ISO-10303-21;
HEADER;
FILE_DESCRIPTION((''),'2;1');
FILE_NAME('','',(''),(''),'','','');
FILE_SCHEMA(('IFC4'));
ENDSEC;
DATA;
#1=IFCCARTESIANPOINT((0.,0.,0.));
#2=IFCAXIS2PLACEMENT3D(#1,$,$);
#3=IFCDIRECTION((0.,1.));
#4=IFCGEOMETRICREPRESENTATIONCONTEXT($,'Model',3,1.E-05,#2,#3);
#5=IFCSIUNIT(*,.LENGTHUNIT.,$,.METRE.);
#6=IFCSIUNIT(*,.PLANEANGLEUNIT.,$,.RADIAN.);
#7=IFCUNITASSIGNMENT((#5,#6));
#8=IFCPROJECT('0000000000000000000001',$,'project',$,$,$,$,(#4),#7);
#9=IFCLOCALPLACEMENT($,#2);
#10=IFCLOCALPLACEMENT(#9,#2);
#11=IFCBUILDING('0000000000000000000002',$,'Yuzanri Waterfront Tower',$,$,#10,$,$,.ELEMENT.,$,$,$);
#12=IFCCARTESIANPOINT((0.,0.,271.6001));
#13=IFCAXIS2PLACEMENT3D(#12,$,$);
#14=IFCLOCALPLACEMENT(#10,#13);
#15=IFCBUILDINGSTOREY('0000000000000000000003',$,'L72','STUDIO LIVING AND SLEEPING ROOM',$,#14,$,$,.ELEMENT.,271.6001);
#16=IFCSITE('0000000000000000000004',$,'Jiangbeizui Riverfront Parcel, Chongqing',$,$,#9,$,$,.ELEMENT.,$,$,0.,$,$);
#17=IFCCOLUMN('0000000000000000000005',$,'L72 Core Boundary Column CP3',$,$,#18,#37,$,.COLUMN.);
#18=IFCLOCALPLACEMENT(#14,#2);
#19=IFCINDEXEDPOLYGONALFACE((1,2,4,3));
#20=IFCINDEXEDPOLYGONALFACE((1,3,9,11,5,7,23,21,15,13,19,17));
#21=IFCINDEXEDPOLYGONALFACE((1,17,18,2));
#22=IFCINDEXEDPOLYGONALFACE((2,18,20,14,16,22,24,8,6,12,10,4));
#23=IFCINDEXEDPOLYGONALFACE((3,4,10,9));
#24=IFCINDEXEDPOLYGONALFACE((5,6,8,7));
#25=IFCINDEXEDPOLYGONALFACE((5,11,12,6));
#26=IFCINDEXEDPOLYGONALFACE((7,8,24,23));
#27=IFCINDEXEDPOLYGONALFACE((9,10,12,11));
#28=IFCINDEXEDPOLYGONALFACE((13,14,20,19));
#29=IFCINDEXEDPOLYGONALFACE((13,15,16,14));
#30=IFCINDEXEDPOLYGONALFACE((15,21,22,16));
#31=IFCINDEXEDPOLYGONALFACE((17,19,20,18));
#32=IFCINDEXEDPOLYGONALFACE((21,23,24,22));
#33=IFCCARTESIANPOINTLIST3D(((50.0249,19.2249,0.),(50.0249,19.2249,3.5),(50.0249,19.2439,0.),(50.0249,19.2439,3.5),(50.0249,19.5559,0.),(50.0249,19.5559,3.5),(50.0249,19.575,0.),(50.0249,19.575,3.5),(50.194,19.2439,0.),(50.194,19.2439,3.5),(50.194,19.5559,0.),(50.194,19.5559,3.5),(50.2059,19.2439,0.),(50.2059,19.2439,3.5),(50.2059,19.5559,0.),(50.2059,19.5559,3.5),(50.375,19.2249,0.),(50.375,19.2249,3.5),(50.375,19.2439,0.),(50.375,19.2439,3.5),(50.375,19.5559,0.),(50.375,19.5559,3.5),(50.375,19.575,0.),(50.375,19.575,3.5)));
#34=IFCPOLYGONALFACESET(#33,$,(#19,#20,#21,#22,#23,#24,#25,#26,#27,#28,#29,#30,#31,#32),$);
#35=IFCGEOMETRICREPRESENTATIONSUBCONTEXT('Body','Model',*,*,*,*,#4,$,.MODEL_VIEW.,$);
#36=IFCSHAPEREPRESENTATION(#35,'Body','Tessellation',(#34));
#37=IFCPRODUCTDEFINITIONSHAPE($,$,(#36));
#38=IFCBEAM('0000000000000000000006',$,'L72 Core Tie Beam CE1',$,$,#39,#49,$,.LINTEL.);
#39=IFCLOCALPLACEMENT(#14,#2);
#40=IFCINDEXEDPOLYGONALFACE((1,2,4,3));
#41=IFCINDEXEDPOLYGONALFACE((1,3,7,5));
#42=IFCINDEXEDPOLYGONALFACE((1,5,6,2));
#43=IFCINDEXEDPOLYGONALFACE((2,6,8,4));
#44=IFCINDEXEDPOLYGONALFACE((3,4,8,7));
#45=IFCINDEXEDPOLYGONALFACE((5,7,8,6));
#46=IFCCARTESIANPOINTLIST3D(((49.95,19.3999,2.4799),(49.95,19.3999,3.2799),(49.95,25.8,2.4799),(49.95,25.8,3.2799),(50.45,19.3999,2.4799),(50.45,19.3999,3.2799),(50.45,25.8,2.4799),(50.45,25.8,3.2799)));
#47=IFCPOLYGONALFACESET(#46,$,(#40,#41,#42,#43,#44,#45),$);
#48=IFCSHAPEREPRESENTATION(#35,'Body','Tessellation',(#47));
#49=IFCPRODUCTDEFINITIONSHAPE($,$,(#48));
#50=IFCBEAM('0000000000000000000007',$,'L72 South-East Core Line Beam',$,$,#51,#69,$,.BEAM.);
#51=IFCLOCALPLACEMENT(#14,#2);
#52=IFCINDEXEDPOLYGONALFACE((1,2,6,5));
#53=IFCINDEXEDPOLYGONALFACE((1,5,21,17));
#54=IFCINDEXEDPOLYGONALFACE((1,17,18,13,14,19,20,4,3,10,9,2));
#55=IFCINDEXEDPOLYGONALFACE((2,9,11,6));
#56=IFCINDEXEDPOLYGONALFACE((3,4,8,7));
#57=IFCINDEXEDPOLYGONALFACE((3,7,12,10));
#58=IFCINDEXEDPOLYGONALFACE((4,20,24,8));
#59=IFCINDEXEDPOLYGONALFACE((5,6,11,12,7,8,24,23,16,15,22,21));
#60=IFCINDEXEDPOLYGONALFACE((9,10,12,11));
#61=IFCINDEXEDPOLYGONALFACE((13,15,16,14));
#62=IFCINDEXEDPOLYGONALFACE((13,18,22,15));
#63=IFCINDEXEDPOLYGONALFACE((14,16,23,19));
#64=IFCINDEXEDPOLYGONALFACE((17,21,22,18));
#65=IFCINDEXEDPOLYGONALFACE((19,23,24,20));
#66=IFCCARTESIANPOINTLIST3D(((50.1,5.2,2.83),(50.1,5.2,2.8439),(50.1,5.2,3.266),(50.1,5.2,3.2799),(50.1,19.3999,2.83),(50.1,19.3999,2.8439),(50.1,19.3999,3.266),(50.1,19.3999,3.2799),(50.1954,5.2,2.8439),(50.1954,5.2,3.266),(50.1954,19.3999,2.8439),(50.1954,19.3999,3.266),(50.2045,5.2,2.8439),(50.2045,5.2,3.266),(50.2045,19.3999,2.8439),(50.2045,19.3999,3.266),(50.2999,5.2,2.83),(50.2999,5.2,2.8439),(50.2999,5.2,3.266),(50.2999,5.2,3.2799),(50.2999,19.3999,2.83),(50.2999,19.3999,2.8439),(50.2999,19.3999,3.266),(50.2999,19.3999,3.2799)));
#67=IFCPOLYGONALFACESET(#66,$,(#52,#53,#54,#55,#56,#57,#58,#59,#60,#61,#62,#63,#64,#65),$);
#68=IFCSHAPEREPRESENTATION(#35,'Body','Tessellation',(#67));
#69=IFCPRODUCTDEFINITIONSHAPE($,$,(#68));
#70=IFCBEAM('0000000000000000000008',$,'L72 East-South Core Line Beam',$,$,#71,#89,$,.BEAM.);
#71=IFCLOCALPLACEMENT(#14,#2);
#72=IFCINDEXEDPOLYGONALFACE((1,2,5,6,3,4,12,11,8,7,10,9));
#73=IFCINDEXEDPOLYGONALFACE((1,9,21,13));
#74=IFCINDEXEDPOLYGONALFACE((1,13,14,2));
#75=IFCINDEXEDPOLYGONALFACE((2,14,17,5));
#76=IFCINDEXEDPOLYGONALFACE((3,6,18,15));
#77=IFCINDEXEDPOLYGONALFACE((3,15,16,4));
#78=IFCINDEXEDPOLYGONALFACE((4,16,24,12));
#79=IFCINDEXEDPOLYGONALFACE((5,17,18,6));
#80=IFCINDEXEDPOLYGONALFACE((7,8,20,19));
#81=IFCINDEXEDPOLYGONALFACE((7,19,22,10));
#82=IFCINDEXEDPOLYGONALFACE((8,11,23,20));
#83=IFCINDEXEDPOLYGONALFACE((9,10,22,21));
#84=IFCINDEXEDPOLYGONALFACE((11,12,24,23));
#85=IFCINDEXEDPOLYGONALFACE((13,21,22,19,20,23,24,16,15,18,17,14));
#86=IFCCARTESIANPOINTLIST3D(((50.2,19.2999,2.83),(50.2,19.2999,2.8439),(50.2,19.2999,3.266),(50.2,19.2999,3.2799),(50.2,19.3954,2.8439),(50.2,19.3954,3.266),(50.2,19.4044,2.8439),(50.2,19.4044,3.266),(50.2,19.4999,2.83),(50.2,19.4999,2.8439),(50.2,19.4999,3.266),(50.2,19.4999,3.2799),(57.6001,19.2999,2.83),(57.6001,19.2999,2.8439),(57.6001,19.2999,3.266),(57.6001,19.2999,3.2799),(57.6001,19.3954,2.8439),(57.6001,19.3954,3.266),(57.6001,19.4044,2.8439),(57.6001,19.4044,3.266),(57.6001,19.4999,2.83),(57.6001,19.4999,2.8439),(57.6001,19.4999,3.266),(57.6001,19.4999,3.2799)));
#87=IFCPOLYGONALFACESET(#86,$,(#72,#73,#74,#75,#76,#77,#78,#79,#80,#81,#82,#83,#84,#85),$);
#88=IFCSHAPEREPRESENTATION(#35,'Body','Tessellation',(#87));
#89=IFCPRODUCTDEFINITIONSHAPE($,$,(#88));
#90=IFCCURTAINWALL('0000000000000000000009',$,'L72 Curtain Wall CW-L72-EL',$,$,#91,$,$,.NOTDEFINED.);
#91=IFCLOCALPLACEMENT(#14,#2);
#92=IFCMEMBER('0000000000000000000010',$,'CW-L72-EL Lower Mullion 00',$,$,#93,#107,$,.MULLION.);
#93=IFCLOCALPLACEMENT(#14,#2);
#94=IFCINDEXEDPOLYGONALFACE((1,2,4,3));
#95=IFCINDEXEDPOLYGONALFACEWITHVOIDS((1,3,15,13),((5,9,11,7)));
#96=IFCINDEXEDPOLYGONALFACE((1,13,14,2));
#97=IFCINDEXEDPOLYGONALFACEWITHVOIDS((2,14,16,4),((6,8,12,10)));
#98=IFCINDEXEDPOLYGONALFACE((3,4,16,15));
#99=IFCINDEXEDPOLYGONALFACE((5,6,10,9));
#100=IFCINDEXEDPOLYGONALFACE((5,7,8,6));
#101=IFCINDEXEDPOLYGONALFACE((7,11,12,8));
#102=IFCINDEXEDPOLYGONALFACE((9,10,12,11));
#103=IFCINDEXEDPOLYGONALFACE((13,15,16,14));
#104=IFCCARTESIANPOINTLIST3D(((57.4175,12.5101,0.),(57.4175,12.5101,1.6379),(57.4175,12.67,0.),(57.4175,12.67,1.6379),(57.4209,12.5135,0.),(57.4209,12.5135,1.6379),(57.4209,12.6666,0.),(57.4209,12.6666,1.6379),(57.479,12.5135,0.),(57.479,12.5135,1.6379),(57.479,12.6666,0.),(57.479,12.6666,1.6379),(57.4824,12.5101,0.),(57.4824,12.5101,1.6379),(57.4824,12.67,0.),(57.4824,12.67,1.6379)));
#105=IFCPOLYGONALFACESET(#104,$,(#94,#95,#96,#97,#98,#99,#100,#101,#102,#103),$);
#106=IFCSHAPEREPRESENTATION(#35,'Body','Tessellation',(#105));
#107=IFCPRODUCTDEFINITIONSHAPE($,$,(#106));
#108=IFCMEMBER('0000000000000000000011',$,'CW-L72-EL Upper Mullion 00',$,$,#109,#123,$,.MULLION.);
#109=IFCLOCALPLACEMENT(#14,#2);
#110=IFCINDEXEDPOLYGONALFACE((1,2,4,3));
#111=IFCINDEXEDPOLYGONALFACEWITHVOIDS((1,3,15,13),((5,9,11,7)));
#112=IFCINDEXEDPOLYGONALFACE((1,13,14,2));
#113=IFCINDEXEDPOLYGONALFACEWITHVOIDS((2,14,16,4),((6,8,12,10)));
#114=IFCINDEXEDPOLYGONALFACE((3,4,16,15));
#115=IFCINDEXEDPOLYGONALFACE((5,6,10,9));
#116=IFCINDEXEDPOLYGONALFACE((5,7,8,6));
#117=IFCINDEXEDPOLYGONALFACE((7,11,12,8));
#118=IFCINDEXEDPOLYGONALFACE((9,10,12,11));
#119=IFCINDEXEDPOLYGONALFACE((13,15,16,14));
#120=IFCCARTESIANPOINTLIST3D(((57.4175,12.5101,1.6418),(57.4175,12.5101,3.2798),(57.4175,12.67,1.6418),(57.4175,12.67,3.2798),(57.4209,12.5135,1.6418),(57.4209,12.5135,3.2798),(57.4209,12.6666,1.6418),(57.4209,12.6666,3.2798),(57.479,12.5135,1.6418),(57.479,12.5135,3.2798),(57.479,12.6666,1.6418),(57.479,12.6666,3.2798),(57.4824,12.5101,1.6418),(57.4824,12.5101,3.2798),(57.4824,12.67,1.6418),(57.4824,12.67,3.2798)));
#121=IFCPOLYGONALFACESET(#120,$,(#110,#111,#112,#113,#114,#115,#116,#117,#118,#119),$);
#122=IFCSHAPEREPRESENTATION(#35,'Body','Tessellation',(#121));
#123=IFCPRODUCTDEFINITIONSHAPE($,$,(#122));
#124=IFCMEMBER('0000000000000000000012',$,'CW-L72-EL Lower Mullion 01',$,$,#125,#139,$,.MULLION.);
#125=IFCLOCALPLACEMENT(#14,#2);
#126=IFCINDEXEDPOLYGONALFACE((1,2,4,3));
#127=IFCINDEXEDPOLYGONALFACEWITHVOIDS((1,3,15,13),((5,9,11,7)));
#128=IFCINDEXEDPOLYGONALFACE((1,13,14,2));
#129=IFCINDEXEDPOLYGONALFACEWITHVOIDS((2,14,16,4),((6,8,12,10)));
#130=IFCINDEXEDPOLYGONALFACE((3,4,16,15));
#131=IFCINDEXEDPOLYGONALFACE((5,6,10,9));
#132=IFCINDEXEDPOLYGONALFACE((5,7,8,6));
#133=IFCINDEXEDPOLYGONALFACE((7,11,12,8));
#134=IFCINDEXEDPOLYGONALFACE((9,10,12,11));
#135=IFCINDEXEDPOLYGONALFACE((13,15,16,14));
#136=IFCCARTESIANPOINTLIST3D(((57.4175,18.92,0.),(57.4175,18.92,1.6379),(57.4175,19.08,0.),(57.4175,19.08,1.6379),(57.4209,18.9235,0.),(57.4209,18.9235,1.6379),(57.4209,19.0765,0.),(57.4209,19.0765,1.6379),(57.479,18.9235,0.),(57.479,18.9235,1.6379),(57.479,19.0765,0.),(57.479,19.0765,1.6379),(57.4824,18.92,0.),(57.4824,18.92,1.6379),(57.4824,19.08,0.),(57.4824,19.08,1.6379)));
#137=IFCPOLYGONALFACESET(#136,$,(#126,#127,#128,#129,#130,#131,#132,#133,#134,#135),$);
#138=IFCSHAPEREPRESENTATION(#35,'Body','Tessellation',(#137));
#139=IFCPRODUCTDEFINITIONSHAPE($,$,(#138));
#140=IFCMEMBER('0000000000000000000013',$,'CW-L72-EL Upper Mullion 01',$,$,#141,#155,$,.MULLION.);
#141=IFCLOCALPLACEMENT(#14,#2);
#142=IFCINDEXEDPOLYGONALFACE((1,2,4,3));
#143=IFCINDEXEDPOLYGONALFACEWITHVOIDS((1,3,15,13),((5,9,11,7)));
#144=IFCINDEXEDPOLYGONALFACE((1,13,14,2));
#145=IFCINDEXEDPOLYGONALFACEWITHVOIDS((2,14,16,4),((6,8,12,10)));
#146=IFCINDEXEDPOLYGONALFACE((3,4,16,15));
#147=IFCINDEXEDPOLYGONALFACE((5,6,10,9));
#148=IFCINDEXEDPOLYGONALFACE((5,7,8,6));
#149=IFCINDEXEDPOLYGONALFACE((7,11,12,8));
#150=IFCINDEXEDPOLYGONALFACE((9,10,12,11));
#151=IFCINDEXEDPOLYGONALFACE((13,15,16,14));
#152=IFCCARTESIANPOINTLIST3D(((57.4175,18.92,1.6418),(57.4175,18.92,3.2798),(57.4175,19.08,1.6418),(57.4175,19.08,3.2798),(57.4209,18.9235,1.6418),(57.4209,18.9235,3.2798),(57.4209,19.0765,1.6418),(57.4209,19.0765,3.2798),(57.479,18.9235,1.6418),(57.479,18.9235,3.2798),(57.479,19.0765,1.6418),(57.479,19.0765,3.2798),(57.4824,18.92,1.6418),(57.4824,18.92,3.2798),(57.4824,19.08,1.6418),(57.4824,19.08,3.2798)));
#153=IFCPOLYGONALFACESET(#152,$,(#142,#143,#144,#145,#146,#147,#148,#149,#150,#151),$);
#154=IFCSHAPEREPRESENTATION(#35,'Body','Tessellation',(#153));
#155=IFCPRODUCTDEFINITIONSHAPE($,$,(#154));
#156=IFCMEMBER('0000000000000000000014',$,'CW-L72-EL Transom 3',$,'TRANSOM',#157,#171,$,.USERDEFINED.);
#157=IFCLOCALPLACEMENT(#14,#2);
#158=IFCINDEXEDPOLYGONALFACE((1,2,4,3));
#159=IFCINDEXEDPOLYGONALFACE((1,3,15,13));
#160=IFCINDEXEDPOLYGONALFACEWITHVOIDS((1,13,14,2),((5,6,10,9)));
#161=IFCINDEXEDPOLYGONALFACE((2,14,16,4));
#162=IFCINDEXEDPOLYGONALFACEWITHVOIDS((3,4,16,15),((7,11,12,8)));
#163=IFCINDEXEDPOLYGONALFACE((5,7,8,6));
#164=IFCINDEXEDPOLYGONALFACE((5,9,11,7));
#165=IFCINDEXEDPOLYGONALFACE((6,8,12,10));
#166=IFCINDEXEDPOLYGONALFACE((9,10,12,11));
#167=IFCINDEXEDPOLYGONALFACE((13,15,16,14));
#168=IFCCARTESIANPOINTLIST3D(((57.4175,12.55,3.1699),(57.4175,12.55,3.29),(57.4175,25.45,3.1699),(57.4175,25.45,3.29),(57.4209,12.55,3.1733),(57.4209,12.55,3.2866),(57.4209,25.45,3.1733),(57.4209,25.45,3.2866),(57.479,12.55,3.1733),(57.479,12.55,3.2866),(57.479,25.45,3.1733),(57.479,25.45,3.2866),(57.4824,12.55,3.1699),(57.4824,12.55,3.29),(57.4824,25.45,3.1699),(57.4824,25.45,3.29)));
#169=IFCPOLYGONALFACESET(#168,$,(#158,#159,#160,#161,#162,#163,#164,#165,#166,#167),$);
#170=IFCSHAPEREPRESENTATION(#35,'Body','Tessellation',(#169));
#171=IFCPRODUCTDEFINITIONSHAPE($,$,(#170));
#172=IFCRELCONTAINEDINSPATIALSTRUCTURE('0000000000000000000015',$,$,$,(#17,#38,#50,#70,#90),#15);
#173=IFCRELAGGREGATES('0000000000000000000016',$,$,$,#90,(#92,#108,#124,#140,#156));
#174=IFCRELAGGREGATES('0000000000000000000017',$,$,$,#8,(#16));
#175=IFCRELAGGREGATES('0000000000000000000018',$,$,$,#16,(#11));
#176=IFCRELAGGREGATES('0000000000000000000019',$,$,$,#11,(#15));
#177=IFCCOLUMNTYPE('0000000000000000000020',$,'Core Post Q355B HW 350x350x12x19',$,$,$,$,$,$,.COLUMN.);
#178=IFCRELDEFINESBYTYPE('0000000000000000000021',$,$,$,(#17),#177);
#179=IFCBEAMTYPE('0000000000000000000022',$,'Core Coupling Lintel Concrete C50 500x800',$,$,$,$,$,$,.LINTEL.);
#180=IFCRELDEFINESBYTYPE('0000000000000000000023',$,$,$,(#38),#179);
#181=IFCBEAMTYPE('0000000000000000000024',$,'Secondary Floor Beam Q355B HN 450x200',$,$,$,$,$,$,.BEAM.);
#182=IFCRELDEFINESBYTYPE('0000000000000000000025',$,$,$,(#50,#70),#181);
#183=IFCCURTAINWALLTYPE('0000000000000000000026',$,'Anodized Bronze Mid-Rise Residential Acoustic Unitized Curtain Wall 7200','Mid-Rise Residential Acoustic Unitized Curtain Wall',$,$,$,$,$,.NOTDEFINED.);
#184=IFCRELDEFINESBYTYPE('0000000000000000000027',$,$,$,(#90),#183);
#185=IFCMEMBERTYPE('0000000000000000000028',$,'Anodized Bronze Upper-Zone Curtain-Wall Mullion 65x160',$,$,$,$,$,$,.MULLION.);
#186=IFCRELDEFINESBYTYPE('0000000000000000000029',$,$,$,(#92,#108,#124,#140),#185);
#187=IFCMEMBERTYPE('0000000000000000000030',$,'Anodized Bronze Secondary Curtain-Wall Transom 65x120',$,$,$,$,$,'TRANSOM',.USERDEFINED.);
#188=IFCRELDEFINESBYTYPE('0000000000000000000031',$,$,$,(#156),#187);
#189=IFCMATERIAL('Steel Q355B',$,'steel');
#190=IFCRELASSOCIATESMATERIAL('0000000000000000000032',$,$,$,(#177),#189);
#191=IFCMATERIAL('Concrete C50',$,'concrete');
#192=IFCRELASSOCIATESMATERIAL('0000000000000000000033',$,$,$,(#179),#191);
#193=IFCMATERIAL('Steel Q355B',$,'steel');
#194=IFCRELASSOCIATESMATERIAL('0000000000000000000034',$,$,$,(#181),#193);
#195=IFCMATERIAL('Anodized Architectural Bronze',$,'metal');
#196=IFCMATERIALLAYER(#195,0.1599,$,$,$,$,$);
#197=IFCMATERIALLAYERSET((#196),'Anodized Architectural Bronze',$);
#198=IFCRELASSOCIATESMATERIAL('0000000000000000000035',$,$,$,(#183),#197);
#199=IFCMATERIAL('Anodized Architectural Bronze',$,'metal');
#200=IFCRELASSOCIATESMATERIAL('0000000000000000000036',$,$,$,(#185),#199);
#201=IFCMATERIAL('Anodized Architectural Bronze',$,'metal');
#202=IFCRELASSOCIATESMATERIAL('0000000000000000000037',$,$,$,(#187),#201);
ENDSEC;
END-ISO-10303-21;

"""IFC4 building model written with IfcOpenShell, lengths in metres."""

from ifc_helpers import new_model, si_unit, direction, frame, origin, origin_2d, place, context, subcontext, project, spatial, rectangle, hollow_rectangle, i_section, extrude, source, transform, mapped, material, layer, layer_set, material_profile, profile_set, type_object, element, aggregate, save


model = new_model("IFC4")

# Units and contexts
model_context = context("Model", 3, precision=1e-05, world=origin(), true_north=direction((0.0, 1.0)))
body_context = subcontext(model_context, "Body", "Model", "MODEL_VIEW")
ifc_project = project(units=[si_unit("LENGTHUNIT", "METRE"), si_unit("PLANEANGLEUNIT", "RADIAN")], contexts=[model_context])

# Site, building, storey
site_placement = place(None, origin())
site = spatial("IfcSite", under=ifc_project, at=site_placement, Name="Jiangbeizui Riverfront Parcel, Chongqing", CompositionType="ELEMENT", RefElevation=0.0)
building_placement = place(site_placement, origin())
building = spatial("IfcBuilding", under=site, at=building_placement, Name="Yuzanri Waterfront Tower", CompositionType="ELEMENT")
storey_placement = place(building_placement, frame((0.0, 0.0, 271.6001)))
storey = spatial("IfcBuildingStorey", under=building, at=storey_placement, Name="L72", Description="STUDIO LIVING AND SLEEPING ROOM", CompositionType="ELEMENT", Elevation=271.6001)

# Column
ifc_material_1 = material(Name="Steel Q355B", Category="steel")
ifc_material_profile_1 = material_profile(ifc_material_1, i_section(OverallWidth=0.3501, OverallDepth=0.3501, WebThickness=0.012, FlangeThickness=0.019, at=origin_2d()), Name="HW 350x350x12x19")
ifc_profile_set_1 = profile_set([ifc_material_profile_1], Name="Steel Q355B")
column_type = type_object("IfcColumnType", Name="Core Post Q355B HW 350x350x12x19", PredefinedType="COLUMN", material=ifc_profile_set_1)
shared_shape_1 = source(origin(), body_context, "Body", "SweptSolid", [
    extrude(i_section(OverallWidth=0.3501, OverallDepth=0.3501, WebThickness=0.012, FlangeThickness=0.019, at=origin_2d()), origin(), (0.0, 0.0, 1.0), 3.5),
])
column_placement = place(storey_placement, frame((50.2, 19.3999, 0.0), z_axis=(0.0, 0.0, 1.0), x_axis=(1.0, 0.0, 0.0)))
element("IfcColumn", 1, at=column_placement, inside=storey, type_object=column_type, Name="L72 Core Boundary Column CP3", PredefinedType="COLUMN", context=body_context, shape_type="MappedRepresentation", body=[
    mapped(shared_shape_1, transform((0.0, 0.0, 0.0), scale=1.0)),
])

# Beams
ifc_material_2 = material(Name="Concrete C50", Category="concrete")
ifc_material_profile_2 = material_profile(ifc_material_2, rectangle(XDim=0.5, YDim=0.8, at=origin_2d()), Name="RC 500x800")
ifc_profile_set_2 = profile_set([ifc_material_profile_2], Name="Concrete C50")
beam_type_1 = type_object("IfcBeamType", Name="Core Coupling Lintel Concrete C50 500x800", PredefinedType="LINTEL", material=ifc_profile_set_2)
shared_shape_2 = source(origin(), body_context, "Body", "SweptSolid", [
    extrude(rectangle(XDim=0.5, YDim=0.8, at=origin_2d()), origin(), (0.0, 0.0, 1.0), 6.4001),
])
beam_1_placement = place(storey_placement, frame((50.2, 19.3999, 2.8799), z_axis=(0.0, 1.0, 0.0), x_axis=(-1.0, 0.0, 0.0)))
element("IfcBeam", 2, at=beam_1_placement, inside=storey, type_object=beam_type_1, Name="L72 Core Tie Beam CE1", PredefinedType="LINTEL", context=body_context, shape_type="MappedRepresentation", body=[
    mapped(shared_shape_2, transform((0.0, 0.0, 0.0), scale=1.0)),
])
ifc_material_3 = material(Name="Steel Q355B", Category="steel")
ifc_material_profile_3 = material_profile(ifc_material_3, i_section(OverallWidth=0.2, OverallDepth=0.45, WebThickness=0.009, FlangeThickness=0.0139, at=origin_2d()), Name="HN 450x200x9x14")
ifc_profile_set_3 = profile_set([ifc_material_profile_3], Name="Steel Q355B")
beam_type_2 = type_object("IfcBeamType", Name="Secondary Floor Beam Q355B HN 450x200", PredefinedType="BEAM", material=ifc_profile_set_3)
shared_shape_3 = source(origin(), body_context, "Body", "SweptSolid", [
    extrude(i_section(OverallWidth=0.2, OverallDepth=0.45, WebThickness=0.009, FlangeThickness=0.0139, at=origin_2d()), origin(), (0.0, 0.0, 1.0), 14.2),
])
beam_2_placement = place(storey_placement, frame((50.2, 19.3999, 3.0549), z_axis=(0.0, -1.0, 0.0), x_axis=(1.0, 0.0, 0.0)))
element("IfcBeam", 3, at=beam_2_placement, inside=storey, type_object=beam_type_2, Name="L72 South-East Core Line Beam", PredefinedType="BEAM", context=body_context, shape_type="MappedRepresentation", body=[
    mapped(shared_shape_3, transform((0.0, 0.0, 0.0), scale=1.0)),
])
shared_shape_4 = source(origin(), body_context, "Body", "SweptSolid", [
    extrude(i_section(OverallWidth=0.2, OverallDepth=0.45, WebThickness=0.009, FlangeThickness=0.0139, at=origin_2d()), origin(), (0.0, 0.0, 1.0), 7.4001),
])
beam_3_placement = place(storey_placement, frame((50.2, 19.3999, 3.0549), z_axis=(1.0, 0.0, 0.0), x_axis=(0.0, 1.0, 0.0)))
element("IfcBeam", 4, at=beam_3_placement, inside=storey, type_object=beam_type_2, Name="L72 East-South Core Line Beam", PredefinedType="BEAM", context=body_context, shape_type="MappedRepresentation", body=[
    mapped(shared_shape_4, transform((0.0, 0.0, 0.0), scale=1.0)),
])

# Curtain wall, members
ifc_material_4 = material(Name="Anodized Architectural Bronze", Category="metal")
ifc_layer_1 = layer(ifc_material_4, 0.1599)
ifc_layer_set_1 = layer_set([ifc_layer_1], Name="Anodized Architectural Bronze")
curtain_wall_type = type_object("IfcCurtainWallType", Name="Anodized Bronze Mid-Rise Residential Acoustic Unitized Curtain Wall 7200", Description="Mid-Rise Residential Acoustic Unitized Curtain Wall", PredefinedType="NOTDEFINED", material=ifc_layer_set_1)
curtain_wall_placement = place(storey_placement, origin())
curtain_wall = element("IfcCurtainWall", 5, at=curtain_wall_placement, inside=storey, type_object=curtain_wall_type, Name="L72 Curtain Wall CW-L72-EL", PredefinedType="NOTDEFINED")
ifc_material_5 = material(Name="Anodized Architectural Bronze", Category="metal")
ifc_material_profile_4 = material_profile(ifc_material_5, hollow_rectangle(XDim=0.0649, YDim=0.1599, WallThickness=0.0034, at=origin_2d()), Name="CWM 65x160")
ifc_profile_set_4 = profile_set([ifc_material_profile_4], Name="Anodized Architectural Bronze")
member_type_1 = type_object("IfcMemberType", Name="Anodized Bronze Upper-Zone Curtain-Wall Mullion 65x160", PredefinedType="MULLION", material=ifc_profile_set_4)
shared_shape_5 = source(origin(), body_context, "Body", "SweptSolid", [
    extrude(hollow_rectangle(XDim=0.0649, YDim=0.1599, WallThickness=0.0034, at=origin_2d()), origin(), (0.0, 0.0, 1.0), 1.6379),
])
member_1_placement = place(storey_placement, frame((57.45, 12.5901, 0.0), z_axis=(0.0, 0.0, 1.0), x_axis=(1.0, 0.0, 0.0)))
member_1 = element("IfcMember", 6, at=member_1_placement, type_object=member_type_1, Name="CW-L72-EL Lower Mullion 00", PredefinedType="MULLION", context=body_context, shape_type="MappedRepresentation", body=[
    mapped(shared_shape_5, transform((0.0, 0.0, 0.0), scale=1.0)),
])
member_2_placement = place(storey_placement, frame((57.45, 12.5901, 1.6418), z_axis=(0.0, 0.0, 1.0), x_axis=(1.0, 0.0, 0.0)))
member_2 = element("IfcMember", 7, at=member_2_placement, type_object=member_type_1, Name="CW-L72-EL Upper Mullion 00", PredefinedType="MULLION", context=body_context, shape_type="MappedRepresentation", body=[
    mapped(shared_shape_5, transform((0.0, 0.0, 0.0), scale=1.0)),
])
member_3_placement = place(storey_placement, frame((57.45, 19.0, 0.0), z_axis=(0.0, 0.0, 1.0), x_axis=(1.0, 0.0, 0.0)))
member_3 = element("IfcMember", 8, at=member_3_placement, type_object=member_type_1, Name="CW-L72-EL Lower Mullion 01", PredefinedType="MULLION", context=body_context, shape_type="MappedRepresentation", body=[
    mapped(shared_shape_5, transform((0.0, 0.0, 0.0), scale=1.0)),
])
member_4_placement = place(storey_placement, frame((57.45, 19.0, 1.6418), z_axis=(0.0, 0.0, 1.0), x_axis=(1.0, 0.0, 0.0)))
member_4 = element("IfcMember", 9, at=member_4_placement, type_object=member_type_1, Name="CW-L72-EL Upper Mullion 01", PredefinedType="MULLION", context=body_context, shape_type="MappedRepresentation", body=[
    mapped(shared_shape_5, transform((0.0, 0.0, 0.0), scale=1.0)),
])
ifc_material_6 = material(Name="Anodized Architectural Bronze", Category="metal")
ifc_material_profile_5 = material_profile(ifc_material_6, hollow_rectangle(XDim=0.0649, YDim=0.1201, WallThickness=0.0034, at=origin_2d()), Name="CWT 65x120")
ifc_profile_set_5 = profile_set([ifc_material_profile_5], Name="Anodized Architectural Bronze")
member_type_2 = type_object("IfcMemberType", Name="Anodized Bronze Secondary Curtain-Wall Transom 65x120", ElementType="TRANSOM", PredefinedType="USERDEFINED", material=ifc_profile_set_5)
shared_shape_6 = source(origin(), body_context, "Body", "SweptSolid", [
    extrude(hollow_rectangle(XDim=0.0649, YDim=0.1201, WallThickness=0.0034, at=origin_2d()), origin(), (0.0, 0.0, 1.0), 12.8999),
])
member_5_placement = place(storey_placement, frame((57.45, 12.55, 3.23), z_axis=(0.0, 1.0, 0.0), x_axis=(-1.0, 0.0, 0.0)))
member_5 = element("IfcMember", 10, at=member_5_placement, type_object=member_type_2, Name="CW-L72-EL Transom 3", ObjectType="TRANSOM", PredefinedType="USERDEFINED", context=body_context, shape_type="MappedRepresentation", body=[
    mapped(shared_shape_6, transform((0.0, 0.0, 0.0), scale=1.0)),
])
aggregate(curtain_wall, [member_1, member_2, member_3, member_4, member_5])

save(model, "model.ifc")
